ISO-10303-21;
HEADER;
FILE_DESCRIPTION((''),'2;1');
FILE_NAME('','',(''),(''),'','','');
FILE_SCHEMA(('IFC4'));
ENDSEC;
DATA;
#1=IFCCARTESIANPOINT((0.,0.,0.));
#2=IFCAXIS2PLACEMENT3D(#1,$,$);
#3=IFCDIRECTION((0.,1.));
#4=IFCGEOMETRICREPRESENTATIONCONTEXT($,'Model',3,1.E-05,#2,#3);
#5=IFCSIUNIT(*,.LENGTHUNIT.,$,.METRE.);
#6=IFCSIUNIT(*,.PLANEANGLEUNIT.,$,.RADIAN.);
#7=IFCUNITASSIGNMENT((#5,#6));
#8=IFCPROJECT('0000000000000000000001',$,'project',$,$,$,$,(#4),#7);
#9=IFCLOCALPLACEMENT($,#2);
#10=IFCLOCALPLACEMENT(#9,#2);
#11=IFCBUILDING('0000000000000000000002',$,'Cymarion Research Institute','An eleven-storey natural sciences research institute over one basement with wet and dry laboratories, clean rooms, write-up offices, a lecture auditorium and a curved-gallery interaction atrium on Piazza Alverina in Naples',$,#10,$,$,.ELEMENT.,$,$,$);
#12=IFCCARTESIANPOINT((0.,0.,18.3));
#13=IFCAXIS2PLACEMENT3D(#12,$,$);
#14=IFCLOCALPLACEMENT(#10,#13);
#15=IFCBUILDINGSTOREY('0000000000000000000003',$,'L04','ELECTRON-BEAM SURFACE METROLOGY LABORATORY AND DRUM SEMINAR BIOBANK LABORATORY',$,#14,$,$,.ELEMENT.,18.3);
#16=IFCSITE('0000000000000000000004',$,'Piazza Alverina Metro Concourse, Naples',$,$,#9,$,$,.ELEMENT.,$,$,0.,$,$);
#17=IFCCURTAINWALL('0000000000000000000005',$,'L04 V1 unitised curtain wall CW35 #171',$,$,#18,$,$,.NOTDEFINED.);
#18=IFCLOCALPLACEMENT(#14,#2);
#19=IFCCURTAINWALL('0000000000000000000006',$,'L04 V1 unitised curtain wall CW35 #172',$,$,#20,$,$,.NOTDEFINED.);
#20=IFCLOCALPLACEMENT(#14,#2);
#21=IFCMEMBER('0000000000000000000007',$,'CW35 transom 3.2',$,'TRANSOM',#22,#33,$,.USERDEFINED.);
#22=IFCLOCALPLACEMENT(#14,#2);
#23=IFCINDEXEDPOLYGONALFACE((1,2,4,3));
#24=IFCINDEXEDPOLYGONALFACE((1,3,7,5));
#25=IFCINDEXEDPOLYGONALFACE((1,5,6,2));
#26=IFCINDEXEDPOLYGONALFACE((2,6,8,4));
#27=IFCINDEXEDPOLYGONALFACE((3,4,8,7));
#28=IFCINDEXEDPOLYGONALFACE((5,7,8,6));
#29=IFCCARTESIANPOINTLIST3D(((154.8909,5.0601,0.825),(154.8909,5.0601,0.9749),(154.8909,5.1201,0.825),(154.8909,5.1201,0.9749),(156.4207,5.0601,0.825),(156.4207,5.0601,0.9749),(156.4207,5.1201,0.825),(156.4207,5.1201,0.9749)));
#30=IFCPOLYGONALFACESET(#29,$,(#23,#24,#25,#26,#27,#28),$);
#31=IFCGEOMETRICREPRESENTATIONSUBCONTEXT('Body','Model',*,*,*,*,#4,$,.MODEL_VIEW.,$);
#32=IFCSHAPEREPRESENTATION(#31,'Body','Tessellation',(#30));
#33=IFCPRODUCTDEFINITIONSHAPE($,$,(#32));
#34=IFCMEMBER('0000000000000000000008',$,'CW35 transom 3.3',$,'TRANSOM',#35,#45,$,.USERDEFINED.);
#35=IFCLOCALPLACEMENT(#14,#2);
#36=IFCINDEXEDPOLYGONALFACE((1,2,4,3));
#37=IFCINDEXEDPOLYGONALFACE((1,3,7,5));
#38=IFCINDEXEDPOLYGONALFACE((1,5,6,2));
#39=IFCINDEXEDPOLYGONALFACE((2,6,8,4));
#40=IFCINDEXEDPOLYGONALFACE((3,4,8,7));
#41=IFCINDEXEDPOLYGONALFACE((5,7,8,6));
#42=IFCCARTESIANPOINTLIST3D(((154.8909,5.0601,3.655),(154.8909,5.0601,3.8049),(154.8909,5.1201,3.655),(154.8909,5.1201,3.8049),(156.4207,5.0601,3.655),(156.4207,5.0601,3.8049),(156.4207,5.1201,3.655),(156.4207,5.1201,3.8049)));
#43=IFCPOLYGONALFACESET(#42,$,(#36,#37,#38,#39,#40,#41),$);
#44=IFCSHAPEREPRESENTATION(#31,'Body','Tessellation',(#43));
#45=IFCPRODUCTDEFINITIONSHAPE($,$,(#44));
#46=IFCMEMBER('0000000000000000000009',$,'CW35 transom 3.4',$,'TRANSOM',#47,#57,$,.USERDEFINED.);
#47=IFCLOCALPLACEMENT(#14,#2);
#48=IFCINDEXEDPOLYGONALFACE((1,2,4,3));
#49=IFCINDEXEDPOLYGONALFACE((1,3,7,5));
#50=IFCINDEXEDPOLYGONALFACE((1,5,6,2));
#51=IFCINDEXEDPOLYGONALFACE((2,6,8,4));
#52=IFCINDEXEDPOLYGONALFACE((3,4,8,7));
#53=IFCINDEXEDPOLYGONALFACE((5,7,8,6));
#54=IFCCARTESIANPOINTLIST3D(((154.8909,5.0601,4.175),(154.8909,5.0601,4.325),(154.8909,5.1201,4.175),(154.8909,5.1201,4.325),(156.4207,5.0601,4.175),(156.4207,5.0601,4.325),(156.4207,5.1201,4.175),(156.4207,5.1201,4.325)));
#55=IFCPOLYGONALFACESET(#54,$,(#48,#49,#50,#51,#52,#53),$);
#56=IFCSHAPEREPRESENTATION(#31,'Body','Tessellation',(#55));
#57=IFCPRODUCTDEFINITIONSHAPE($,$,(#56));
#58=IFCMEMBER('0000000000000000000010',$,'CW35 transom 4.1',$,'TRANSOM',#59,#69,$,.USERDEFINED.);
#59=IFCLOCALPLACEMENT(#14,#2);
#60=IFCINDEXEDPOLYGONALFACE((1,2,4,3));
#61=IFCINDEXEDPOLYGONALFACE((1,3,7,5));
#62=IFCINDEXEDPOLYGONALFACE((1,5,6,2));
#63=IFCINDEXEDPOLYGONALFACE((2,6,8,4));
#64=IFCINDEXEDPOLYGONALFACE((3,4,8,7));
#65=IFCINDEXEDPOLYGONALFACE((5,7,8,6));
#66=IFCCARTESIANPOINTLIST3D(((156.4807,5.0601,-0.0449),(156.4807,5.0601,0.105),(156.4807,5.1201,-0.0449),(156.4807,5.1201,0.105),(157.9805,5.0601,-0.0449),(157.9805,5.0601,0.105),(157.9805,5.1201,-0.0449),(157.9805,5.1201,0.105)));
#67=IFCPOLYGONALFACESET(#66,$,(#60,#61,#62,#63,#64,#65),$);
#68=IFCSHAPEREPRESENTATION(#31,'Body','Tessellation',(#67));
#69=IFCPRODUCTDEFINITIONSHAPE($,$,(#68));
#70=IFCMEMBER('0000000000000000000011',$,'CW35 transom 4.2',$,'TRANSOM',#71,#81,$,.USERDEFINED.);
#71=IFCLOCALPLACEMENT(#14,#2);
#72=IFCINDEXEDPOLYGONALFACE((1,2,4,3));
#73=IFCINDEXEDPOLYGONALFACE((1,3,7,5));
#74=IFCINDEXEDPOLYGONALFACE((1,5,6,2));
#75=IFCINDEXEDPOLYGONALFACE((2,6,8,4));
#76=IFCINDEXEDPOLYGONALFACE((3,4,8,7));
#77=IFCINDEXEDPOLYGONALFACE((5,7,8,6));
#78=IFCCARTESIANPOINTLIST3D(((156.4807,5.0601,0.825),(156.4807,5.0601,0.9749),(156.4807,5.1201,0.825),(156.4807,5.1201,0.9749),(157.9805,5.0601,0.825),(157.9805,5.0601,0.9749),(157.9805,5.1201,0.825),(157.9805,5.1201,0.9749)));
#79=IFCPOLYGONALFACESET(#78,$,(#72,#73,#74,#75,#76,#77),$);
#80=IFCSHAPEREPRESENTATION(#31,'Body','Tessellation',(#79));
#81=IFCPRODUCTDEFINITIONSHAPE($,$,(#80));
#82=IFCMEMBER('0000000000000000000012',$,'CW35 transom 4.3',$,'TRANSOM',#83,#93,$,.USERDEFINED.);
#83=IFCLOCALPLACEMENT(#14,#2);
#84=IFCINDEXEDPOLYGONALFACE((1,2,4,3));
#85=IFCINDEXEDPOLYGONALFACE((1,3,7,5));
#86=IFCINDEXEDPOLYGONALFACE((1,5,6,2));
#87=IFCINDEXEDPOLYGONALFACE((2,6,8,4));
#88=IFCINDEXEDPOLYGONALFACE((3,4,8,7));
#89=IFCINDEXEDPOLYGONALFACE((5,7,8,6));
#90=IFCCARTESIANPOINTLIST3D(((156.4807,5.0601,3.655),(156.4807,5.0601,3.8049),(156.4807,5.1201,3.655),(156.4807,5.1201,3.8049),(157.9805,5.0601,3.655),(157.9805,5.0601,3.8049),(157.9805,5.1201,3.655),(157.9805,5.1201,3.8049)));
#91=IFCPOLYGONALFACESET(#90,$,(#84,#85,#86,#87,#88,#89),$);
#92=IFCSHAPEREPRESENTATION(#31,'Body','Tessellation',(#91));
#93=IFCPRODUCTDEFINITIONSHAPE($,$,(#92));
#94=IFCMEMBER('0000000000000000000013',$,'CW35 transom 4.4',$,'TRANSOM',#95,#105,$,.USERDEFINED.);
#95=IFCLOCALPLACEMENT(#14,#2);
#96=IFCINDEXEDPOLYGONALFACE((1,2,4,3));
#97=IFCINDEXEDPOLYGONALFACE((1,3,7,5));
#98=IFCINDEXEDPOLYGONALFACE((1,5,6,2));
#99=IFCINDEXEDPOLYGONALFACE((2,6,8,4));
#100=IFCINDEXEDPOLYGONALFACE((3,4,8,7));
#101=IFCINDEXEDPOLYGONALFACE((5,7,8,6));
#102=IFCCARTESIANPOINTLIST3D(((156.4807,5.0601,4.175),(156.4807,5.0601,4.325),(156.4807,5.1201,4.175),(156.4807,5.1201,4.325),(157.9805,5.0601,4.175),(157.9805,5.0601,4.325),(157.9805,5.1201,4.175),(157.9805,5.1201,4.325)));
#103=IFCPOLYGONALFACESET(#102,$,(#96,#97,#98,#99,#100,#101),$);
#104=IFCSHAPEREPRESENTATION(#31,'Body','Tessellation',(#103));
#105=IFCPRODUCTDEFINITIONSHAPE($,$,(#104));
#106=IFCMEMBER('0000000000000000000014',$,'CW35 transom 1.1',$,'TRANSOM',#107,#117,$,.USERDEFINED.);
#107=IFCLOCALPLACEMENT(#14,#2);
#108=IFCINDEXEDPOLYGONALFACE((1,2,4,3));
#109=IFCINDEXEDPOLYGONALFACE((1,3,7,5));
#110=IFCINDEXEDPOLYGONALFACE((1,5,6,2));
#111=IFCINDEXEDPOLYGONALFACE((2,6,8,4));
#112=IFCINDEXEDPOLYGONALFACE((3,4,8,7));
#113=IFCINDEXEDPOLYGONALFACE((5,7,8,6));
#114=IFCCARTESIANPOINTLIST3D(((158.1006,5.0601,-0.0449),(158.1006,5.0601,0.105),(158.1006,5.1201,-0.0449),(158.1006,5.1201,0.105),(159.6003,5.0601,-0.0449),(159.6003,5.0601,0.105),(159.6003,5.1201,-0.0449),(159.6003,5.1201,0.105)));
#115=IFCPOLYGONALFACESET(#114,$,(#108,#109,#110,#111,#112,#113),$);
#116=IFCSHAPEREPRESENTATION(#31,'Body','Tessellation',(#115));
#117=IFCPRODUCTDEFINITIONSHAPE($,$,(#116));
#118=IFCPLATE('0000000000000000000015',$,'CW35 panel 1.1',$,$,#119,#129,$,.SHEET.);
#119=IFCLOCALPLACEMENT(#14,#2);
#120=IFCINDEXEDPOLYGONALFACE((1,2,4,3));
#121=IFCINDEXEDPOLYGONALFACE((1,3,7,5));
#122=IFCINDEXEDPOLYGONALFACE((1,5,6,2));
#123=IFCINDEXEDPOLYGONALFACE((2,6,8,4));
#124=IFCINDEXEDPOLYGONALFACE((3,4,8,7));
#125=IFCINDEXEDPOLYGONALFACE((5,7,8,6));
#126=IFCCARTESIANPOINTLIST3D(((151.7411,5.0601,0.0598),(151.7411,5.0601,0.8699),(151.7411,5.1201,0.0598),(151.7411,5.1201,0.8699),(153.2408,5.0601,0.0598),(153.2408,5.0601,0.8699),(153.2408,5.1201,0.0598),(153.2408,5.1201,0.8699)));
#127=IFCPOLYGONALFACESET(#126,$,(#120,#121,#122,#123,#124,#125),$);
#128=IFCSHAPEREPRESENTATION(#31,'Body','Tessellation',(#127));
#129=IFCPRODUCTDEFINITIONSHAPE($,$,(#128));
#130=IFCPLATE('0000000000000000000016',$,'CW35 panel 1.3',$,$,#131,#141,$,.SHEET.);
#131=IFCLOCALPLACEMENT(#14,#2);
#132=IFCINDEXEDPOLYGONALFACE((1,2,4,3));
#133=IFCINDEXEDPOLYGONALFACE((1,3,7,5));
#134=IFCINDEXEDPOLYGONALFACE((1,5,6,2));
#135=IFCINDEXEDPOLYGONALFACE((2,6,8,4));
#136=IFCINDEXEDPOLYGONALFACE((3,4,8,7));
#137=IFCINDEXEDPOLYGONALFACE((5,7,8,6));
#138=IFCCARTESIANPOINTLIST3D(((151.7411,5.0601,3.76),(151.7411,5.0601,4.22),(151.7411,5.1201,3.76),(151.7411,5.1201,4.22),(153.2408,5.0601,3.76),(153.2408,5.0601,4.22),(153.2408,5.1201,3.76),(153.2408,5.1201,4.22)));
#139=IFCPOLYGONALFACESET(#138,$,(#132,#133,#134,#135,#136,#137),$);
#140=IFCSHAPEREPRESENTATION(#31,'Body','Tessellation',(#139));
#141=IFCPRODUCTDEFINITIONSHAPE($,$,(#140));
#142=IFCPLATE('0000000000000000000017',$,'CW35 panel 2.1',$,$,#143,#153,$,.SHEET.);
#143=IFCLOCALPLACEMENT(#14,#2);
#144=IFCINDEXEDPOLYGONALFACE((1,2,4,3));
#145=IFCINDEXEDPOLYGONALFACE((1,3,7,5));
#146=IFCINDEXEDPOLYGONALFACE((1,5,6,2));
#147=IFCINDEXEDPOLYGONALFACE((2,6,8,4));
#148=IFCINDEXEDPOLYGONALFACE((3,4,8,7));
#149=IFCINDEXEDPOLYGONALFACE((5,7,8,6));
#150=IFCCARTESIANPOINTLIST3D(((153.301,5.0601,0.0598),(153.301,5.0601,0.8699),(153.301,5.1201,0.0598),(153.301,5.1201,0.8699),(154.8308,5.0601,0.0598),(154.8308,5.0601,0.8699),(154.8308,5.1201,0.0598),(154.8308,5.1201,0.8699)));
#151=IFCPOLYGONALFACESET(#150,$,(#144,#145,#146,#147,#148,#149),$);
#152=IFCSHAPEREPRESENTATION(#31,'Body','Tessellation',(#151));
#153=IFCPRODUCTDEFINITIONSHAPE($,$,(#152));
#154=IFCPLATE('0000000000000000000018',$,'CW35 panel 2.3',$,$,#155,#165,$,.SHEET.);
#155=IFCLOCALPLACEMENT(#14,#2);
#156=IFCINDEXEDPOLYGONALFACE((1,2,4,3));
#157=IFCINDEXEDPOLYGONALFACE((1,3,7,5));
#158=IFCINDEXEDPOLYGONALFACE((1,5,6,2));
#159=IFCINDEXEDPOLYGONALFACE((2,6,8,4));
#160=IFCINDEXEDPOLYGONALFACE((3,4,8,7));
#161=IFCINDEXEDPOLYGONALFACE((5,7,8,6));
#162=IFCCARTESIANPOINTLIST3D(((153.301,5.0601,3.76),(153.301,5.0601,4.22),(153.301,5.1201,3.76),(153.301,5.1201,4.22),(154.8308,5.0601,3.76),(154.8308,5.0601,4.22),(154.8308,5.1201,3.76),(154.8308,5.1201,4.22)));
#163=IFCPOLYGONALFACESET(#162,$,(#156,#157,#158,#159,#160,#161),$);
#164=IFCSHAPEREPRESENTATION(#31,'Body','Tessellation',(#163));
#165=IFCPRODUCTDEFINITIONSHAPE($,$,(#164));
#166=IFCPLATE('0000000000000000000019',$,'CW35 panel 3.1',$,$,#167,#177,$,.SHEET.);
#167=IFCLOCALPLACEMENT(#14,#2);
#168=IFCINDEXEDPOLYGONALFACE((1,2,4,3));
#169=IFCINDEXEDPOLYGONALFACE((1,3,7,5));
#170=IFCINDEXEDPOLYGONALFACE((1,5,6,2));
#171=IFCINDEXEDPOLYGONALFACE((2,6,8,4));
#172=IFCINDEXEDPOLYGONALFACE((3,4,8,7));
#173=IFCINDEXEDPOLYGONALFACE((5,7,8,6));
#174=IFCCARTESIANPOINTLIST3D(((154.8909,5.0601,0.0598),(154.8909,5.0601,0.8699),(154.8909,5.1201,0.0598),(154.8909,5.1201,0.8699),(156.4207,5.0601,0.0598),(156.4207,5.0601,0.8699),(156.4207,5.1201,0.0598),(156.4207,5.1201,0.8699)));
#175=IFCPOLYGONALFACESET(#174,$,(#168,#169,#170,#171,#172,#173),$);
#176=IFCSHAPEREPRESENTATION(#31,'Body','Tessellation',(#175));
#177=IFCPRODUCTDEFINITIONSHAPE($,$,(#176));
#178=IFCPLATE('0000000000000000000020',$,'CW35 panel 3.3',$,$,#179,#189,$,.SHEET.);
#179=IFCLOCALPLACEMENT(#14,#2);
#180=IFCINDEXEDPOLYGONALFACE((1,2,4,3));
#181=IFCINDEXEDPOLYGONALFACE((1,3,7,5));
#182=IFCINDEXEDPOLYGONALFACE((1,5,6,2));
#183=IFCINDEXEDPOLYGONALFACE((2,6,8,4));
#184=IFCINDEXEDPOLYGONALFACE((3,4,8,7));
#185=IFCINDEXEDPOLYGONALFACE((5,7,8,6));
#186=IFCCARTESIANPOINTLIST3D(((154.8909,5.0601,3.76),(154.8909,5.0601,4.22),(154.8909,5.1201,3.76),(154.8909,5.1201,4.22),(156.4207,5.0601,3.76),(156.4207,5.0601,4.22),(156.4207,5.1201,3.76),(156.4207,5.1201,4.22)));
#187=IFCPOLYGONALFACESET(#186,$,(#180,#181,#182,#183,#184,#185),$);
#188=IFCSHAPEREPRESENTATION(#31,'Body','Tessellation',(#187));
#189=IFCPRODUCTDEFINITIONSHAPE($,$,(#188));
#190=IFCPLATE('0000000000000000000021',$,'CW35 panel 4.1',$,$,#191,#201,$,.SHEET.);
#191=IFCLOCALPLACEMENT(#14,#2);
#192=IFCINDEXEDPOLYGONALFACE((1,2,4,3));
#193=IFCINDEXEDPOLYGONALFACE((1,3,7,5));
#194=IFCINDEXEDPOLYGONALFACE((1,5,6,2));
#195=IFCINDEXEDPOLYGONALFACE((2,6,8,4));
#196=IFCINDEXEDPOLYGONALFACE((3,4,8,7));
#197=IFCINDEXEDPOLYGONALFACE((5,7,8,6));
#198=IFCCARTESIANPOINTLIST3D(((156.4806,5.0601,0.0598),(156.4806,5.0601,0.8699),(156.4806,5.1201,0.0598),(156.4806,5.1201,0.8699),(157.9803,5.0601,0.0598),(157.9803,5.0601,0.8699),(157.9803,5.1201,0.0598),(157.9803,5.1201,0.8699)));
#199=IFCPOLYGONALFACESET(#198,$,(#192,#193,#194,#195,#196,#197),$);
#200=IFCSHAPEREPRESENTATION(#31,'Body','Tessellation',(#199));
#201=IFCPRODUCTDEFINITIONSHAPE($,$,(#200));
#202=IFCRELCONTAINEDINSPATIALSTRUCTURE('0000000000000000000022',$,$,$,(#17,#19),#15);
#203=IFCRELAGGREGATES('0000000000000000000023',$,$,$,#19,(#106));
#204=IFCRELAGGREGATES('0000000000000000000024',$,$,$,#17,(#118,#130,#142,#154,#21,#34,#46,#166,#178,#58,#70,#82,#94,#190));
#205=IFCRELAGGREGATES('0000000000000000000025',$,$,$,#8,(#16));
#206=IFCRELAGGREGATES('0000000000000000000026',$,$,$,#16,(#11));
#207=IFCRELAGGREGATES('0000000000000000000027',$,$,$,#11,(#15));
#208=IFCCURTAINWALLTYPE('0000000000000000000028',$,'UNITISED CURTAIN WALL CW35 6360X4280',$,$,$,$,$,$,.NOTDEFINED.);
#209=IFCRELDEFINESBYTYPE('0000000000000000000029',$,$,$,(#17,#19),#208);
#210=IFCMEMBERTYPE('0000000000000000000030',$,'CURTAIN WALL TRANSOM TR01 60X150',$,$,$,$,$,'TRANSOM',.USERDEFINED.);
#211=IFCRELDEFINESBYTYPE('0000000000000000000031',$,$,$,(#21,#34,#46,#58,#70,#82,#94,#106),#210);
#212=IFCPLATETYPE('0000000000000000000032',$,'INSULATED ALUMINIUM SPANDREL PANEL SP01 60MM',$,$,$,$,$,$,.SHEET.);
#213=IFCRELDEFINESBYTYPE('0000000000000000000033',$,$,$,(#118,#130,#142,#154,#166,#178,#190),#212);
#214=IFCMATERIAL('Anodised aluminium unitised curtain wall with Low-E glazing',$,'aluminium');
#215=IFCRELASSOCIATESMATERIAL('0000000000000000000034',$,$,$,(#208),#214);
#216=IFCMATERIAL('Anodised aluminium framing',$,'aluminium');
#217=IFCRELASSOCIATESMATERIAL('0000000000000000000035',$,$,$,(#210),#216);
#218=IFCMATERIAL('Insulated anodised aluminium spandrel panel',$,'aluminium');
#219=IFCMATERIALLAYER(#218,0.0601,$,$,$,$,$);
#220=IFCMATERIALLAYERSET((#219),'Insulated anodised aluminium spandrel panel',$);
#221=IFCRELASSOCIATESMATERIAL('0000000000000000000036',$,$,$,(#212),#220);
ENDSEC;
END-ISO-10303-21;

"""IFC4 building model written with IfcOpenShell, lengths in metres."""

from ifc_helpers import new_model, si_unit, direction, frame, origin, origin_2d, place, context, subcontext, project, spatial, rectangle, extrude, material, layer, layer_set, material_profile, profile_set, type_object, element, aggregate, save


model = new_model("IFC4")

# Units and contexts
model_context = context("Model", 3, precision=1e-05, world=origin(), true_north=direction((0.0, 1.0)))
body_context = subcontext(model_context, "Body", "Model", "MODEL_VIEW")
ifc_project = project(units=[si_unit("LENGTHUNIT", "METRE"), si_unit("PLANEANGLEUNIT", "RADIAN")], contexts=[model_context])

# Site, building, storey
site_placement = place(None, origin())
site = spatial("IfcSite", under=ifc_project, at=site_placement, Name="Piazza Alverina Metro Concourse, Naples", CompositionType="ELEMENT", RefElevation=0.0)
building_placement = place(site_placement, origin())
building = spatial("IfcBuilding", under=site, at=building_placement, Name="Cymarion Research Institute", Description="An eleven-storey natural sciences research institute over one basement with wet and dry laboratories, clean rooms, write-up offices, a lecture auditorium and a curved-gallery interaction atrium on Piazza Alverina in Naples", CompositionType="ELEMENT")
storey_placement = place(building_placement, frame((0.0, 0.0, 18.3)))
storey = spatial("IfcBuildingStorey", under=building, at=storey_placement, Name="L04", Description="ELECTRON-BEAM SURFACE METROLOGY LABORATORY AND DRUM SEMINAR BIOBANK LABORATORY", CompositionType="ELEMENT", Elevation=18.3)

# Curtain wall
ifc_material_1 = material(Name="Anodised aluminium unitised curtain wall with Low-E glazing", Category="aluminium")
curtain_wall_type = type_object("IfcCurtainWallType", Name="UNITISED CURTAIN WALL CW35 6360X4280", PredefinedType="NOTDEFINED", material=ifc_material_1)
curtain_wall_1_placement = place(storey_placement, origin())
curtain_wall_1 = element("IfcCurtainWall", 1, at=curtain_wall_1_placement, inside=storey, type_object=curtain_wall_type, Name="L04 V1 unitised curtain wall CW35 #171", PredefinedType="NOTDEFINED")
ifc_material_2 = material(Name="Anodised aluminium framing", Category="aluminium")

# Curtain wall
curtain_wall_2_placement = place(storey_placement, origin())
curtain_wall_2 = element("IfcCurtainWall", 2, at=curtain_wall_2_placement, inside=storey, type_object=curtain_wall_type, Name="L04 V1 unitised curtain wall CW35 #172", PredefinedType="NOTDEFINED")

# Members
ifc_material_profile_1 = material_profile(ifc_material_2, rectangle(XDim=0.0601, YDim=0.1499, at=origin_2d()), Name="ALU TRANSOM 60x150")
ifc_profile_set_1 = profile_set([ifc_material_profile_1], Name="Anodised aluminium framing")
member_type_1 = type_object("IfcMemberType", Name="CURTAIN WALL TRANSOM TR01 60X150", ElementType="TRANSOM", PredefinedType="USERDEFINED", material=ifc_profile_set_1)
member_1_placement = place(storey_placement, frame((154.8909, 5.0901, 0.8999), z_axis=(1.0, 0.0, 0.0), x_axis=(0.0, 1.0, 0.0)))
member_1 = element("IfcMember", 3, at=member_1_placement, type_object=member_type_1, Name="CW35 transom 3.2", ObjectType="TRANSOM", PredefinedType="USERDEFINED", context=body_context, shape_type="SweptSolid", body=[
    extrude(rectangle(XDim=0.0601, YDim=0.1499, at=origin_2d()), origin(), (0.0, 0.0, 1.0), 1.5298),
])
member_2_placement = place(storey_placement, frame((154.8909, 5.0901, 3.73), z_axis=(1.0, 0.0, 0.0), x_axis=(0.0, 1.0, 0.0)))
member_2 = element("IfcMember", 4, at=member_2_placement, type_object=member_type_1, Name="CW35 transom 3.3", ObjectType="TRANSOM", PredefinedType="USERDEFINED", context=body_context, shape_type="SweptSolid", body=[
    extrude(rectangle(XDim=0.0601, YDim=0.1499, at=origin_2d()), origin(), (0.0, 0.0, 1.0), 1.5298),
])
member_3_placement = place(storey_placement, frame((154.8909, 5.0901, 4.25), z_axis=(1.0, 0.0, 0.0), x_axis=(0.0, 1.0, 0.0)))
member_3 = element("IfcMember", 5, at=member_3_placement, type_object=member_type_1, Name="CW35 transom 3.4", ObjectType="TRANSOM", PredefinedType="USERDEFINED", context=body_context, shape_type="SweptSolid", body=[
    extrude(rectangle(XDim=0.0601, YDim=0.1499, at=origin_2d()), origin(), (0.0, 0.0, 1.0), 1.5298),
])
member_4_placement = place(storey_placement, frame((156.4807, 5.0901, 0.03), z_axis=(1.0, 0.0, 0.0), x_axis=(0.0, 1.0, 0.0)))
member_4 = element("IfcMember", 6, at=member_4_placement, type_object=member_type_1, Name="CW35 transom 4.1", ObjectType="TRANSOM", PredefinedType="USERDEFINED", context=body_context, shape_type="SweptSolid", body=[
    extrude(rectangle(XDim=0.0601, YDim=0.1499, at=origin_2d()), origin(), (0.0, 0.0, 1.0), 1.4998),
])
member_5_placement = place(storey_placement, frame((156.4807, 5.0901, 0.8999), z_axis=(1.0, 0.0, 0.0), x_axis=(0.0, 1.0, 0.0)))
member_5 = element("IfcMember", 7, at=member_5_placement, type_object=member_type_1, Name="CW35 transom 4.2", ObjectType="TRANSOM", PredefinedType="USERDEFINED", context=body_context, shape_type="SweptSolid", body=[
    extrude(rectangle(XDim=0.0601, YDim=0.1499, at=origin_2d()), origin(), (0.0, 0.0, 1.0), 1.4998),
])
member_6_placement = place(storey_placement, frame((156.4807, 5.0901, 3.73), z_axis=(1.0, 0.0, 0.0), x_axis=(0.0, 1.0, 0.0)))
member_6 = element("IfcMember", 8, at=member_6_placement, type_object=member_type_1, Name="CW35 transom 4.3", ObjectType="TRANSOM", PredefinedType="USERDEFINED", context=body_context, shape_type="SweptSolid", body=[
    extrude(rectangle(XDim=0.0601, YDim=0.1499, at=origin_2d()), origin(), (0.0, 0.0, 1.0), 1.4998),
])
member_7_placement = place(storey_placement, frame((156.4807, 5.0901, 4.25), z_axis=(1.0, 0.0, 0.0), x_axis=(0.0, 1.0, 0.0)))
member_7 = element("IfcMember", 9, at=member_7_placement, type_object=member_type_1, Name="CW35 transom 4.4", ObjectType="TRANSOM", PredefinedType="USERDEFINED", context=body_context, shape_type="SweptSolid", body=[
    extrude(rectangle(XDim=0.0601, YDim=0.1499, at=origin_2d()), origin(), (0.0, 0.0, 1.0), 1.4998),
])
member_8_placement = place(storey_placement, frame((158.1006, 5.0901, 0.03), z_axis=(1.0, 0.0, 0.0), x_axis=(0.0, 1.0, 0.0)))
member_8 = element("IfcMember", 10, at=member_8_placement, type_object=member_type_1, Name="CW35 transom 1.1", ObjectType="TRANSOM", PredefinedType="USERDEFINED", context=body_context, shape_type="SweptSolid", body=[
    extrude(rectangle(XDim=0.0601, YDim=0.1499, at=origin_2d()), origin(), (0.0, 0.0, 1.0), 1.4998),
])
aggregate(curtain_wall_2, [member_8])

# Plates
ifc_material_3 = material(Name="Insulated anodised aluminium spandrel panel", Category="aluminium")
ifc_layer_1 = layer(ifc_material_3, 0.0601)
ifc_layer_set_1 = layer_set([ifc_layer_1], Name="Insulated anodised aluminium spandrel panel")
plate_type_1 = type_object("IfcPlateType", Name="INSULATED ALUMINIUM SPANDREL PANEL SP01 60MM", PredefinedType="SHEET", material=ifc_layer_set_1)
plate_1_placement = place(storey_placement, frame((152.491, 5.0901, 0.0598), z_axis=(0.0, 0.0, 1.0), x_axis=(1.0, 0.0, 0.0)))
plate_1 = element("IfcPlate", 11, at=plate_1_placement, type_object=plate_type_1, Name="CW35 panel 1.1", PredefinedType="SHEET", context=body_context, shape_type="SweptSolid", body=[
    extrude(rectangle(XDim=1.4998, YDim=0.0601, at=origin_2d()), origin(), (0.0, 0.0, 1.0), 0.8101),
])
plate_2_placement = place(storey_placement, frame((152.491, 5.0901, 3.76), z_axis=(0.0, 0.0, 1.0), x_axis=(1.0, 0.0, 0.0)))
plate_2 = element("IfcPlate", 12, at=plate_2_placement, type_object=plate_type_1, Name="CW35 panel 1.3", PredefinedType="SHEET", context=body_context, shape_type="SweptSolid", body=[
    extrude(rectangle(XDim=1.4998, YDim=0.0601, at=origin_2d()), origin(), (0.0, 0.0, 1.0), 0.46),
])
plate_3_placement = place(storey_placement, frame((154.0659, 5.0901, 0.0598), z_axis=(0.0, 0.0, 1.0), x_axis=(1.0, 0.0, 0.0)))
plate_3 = element("IfcPlate", 13, at=plate_3_placement, type_object=plate_type_1, Name="CW35 panel 2.1", PredefinedType="SHEET", context=body_context, shape_type="SweptSolid", body=[
    extrude(rectangle(XDim=1.5298, YDim=0.0601, at=origin_2d()), origin(), (0.0, 0.0, 1.0), 0.8101),
])
plate_4_placement = place(storey_placement, frame((154.0659, 5.0901, 3.76), z_axis=(0.0, 0.0, 1.0), x_axis=(1.0, 0.0, 0.0)))
plate_4 = element("IfcPlate", 14, at=plate_4_placement, type_object=plate_type_1, Name="CW35 panel 2.3", PredefinedType="SHEET", context=body_context, shape_type="SweptSolid", body=[
    extrude(rectangle(XDim=1.5298, YDim=0.0601, at=origin_2d()), origin(), (0.0, 0.0, 1.0), 0.46),
])
plate_5_placement = place(storey_placement, frame((155.6558, 5.0901, 0.0598), z_axis=(0.0, 0.0, 1.0), x_axis=(1.0, 0.0, 0.0)))
plate_5 = element("IfcPlate", 15, at=plate_5_placement, type_object=plate_type_1, Name="CW35 panel 3.1", PredefinedType="SHEET", context=body_context, shape_type="SweptSolid", body=[
    extrude(rectangle(XDim=1.5298, YDim=0.0601, at=origin_2d()), origin(), (0.0, 0.0, 1.0), 0.8101),
])
plate_6_placement = place(storey_placement, frame((155.6558, 5.0901, 3.76), z_axis=(0.0, 0.0, 1.0), x_axis=(1.0, 0.0, 0.0)))
plate_6 = element("IfcPlate", 16, at=plate_6_placement, type_object=plate_type_1, Name="CW35 panel 3.3", PredefinedType="SHEET", context=body_context, shape_type="SweptSolid", body=[
    extrude(rectangle(XDim=1.5298, YDim=0.0601, at=origin_2d()), origin(), (0.0, 0.0, 1.0), 0.46),
])
plate_7_placement = place(storey_placement, frame((157.2305, 5.0901, 0.0598), z_axis=(0.0, 0.0, 1.0), x_axis=(1.0, 0.0, 0.0)))
plate_7 = element("IfcPlate", 17, at=plate_7_placement, type_object=plate_type_1, Name="CW35 panel 4.1", PredefinedType="SHEET", context=body_context, shape_type="SweptSolid", body=[
    extrude(rectangle(XDim=1.4998, YDim=0.0601, at=origin_2d()), origin(), (0.0, 0.0, 1.0), 0.8101),
])
aggregate(curtain_wall_1, [plate_1, plate_2, plate_3, plate_4, member_1, member_2, member_3, plate_5, plate_6, member_4, member_5, member_6, member_7, plate_7])

save(model, "model.ifc")
